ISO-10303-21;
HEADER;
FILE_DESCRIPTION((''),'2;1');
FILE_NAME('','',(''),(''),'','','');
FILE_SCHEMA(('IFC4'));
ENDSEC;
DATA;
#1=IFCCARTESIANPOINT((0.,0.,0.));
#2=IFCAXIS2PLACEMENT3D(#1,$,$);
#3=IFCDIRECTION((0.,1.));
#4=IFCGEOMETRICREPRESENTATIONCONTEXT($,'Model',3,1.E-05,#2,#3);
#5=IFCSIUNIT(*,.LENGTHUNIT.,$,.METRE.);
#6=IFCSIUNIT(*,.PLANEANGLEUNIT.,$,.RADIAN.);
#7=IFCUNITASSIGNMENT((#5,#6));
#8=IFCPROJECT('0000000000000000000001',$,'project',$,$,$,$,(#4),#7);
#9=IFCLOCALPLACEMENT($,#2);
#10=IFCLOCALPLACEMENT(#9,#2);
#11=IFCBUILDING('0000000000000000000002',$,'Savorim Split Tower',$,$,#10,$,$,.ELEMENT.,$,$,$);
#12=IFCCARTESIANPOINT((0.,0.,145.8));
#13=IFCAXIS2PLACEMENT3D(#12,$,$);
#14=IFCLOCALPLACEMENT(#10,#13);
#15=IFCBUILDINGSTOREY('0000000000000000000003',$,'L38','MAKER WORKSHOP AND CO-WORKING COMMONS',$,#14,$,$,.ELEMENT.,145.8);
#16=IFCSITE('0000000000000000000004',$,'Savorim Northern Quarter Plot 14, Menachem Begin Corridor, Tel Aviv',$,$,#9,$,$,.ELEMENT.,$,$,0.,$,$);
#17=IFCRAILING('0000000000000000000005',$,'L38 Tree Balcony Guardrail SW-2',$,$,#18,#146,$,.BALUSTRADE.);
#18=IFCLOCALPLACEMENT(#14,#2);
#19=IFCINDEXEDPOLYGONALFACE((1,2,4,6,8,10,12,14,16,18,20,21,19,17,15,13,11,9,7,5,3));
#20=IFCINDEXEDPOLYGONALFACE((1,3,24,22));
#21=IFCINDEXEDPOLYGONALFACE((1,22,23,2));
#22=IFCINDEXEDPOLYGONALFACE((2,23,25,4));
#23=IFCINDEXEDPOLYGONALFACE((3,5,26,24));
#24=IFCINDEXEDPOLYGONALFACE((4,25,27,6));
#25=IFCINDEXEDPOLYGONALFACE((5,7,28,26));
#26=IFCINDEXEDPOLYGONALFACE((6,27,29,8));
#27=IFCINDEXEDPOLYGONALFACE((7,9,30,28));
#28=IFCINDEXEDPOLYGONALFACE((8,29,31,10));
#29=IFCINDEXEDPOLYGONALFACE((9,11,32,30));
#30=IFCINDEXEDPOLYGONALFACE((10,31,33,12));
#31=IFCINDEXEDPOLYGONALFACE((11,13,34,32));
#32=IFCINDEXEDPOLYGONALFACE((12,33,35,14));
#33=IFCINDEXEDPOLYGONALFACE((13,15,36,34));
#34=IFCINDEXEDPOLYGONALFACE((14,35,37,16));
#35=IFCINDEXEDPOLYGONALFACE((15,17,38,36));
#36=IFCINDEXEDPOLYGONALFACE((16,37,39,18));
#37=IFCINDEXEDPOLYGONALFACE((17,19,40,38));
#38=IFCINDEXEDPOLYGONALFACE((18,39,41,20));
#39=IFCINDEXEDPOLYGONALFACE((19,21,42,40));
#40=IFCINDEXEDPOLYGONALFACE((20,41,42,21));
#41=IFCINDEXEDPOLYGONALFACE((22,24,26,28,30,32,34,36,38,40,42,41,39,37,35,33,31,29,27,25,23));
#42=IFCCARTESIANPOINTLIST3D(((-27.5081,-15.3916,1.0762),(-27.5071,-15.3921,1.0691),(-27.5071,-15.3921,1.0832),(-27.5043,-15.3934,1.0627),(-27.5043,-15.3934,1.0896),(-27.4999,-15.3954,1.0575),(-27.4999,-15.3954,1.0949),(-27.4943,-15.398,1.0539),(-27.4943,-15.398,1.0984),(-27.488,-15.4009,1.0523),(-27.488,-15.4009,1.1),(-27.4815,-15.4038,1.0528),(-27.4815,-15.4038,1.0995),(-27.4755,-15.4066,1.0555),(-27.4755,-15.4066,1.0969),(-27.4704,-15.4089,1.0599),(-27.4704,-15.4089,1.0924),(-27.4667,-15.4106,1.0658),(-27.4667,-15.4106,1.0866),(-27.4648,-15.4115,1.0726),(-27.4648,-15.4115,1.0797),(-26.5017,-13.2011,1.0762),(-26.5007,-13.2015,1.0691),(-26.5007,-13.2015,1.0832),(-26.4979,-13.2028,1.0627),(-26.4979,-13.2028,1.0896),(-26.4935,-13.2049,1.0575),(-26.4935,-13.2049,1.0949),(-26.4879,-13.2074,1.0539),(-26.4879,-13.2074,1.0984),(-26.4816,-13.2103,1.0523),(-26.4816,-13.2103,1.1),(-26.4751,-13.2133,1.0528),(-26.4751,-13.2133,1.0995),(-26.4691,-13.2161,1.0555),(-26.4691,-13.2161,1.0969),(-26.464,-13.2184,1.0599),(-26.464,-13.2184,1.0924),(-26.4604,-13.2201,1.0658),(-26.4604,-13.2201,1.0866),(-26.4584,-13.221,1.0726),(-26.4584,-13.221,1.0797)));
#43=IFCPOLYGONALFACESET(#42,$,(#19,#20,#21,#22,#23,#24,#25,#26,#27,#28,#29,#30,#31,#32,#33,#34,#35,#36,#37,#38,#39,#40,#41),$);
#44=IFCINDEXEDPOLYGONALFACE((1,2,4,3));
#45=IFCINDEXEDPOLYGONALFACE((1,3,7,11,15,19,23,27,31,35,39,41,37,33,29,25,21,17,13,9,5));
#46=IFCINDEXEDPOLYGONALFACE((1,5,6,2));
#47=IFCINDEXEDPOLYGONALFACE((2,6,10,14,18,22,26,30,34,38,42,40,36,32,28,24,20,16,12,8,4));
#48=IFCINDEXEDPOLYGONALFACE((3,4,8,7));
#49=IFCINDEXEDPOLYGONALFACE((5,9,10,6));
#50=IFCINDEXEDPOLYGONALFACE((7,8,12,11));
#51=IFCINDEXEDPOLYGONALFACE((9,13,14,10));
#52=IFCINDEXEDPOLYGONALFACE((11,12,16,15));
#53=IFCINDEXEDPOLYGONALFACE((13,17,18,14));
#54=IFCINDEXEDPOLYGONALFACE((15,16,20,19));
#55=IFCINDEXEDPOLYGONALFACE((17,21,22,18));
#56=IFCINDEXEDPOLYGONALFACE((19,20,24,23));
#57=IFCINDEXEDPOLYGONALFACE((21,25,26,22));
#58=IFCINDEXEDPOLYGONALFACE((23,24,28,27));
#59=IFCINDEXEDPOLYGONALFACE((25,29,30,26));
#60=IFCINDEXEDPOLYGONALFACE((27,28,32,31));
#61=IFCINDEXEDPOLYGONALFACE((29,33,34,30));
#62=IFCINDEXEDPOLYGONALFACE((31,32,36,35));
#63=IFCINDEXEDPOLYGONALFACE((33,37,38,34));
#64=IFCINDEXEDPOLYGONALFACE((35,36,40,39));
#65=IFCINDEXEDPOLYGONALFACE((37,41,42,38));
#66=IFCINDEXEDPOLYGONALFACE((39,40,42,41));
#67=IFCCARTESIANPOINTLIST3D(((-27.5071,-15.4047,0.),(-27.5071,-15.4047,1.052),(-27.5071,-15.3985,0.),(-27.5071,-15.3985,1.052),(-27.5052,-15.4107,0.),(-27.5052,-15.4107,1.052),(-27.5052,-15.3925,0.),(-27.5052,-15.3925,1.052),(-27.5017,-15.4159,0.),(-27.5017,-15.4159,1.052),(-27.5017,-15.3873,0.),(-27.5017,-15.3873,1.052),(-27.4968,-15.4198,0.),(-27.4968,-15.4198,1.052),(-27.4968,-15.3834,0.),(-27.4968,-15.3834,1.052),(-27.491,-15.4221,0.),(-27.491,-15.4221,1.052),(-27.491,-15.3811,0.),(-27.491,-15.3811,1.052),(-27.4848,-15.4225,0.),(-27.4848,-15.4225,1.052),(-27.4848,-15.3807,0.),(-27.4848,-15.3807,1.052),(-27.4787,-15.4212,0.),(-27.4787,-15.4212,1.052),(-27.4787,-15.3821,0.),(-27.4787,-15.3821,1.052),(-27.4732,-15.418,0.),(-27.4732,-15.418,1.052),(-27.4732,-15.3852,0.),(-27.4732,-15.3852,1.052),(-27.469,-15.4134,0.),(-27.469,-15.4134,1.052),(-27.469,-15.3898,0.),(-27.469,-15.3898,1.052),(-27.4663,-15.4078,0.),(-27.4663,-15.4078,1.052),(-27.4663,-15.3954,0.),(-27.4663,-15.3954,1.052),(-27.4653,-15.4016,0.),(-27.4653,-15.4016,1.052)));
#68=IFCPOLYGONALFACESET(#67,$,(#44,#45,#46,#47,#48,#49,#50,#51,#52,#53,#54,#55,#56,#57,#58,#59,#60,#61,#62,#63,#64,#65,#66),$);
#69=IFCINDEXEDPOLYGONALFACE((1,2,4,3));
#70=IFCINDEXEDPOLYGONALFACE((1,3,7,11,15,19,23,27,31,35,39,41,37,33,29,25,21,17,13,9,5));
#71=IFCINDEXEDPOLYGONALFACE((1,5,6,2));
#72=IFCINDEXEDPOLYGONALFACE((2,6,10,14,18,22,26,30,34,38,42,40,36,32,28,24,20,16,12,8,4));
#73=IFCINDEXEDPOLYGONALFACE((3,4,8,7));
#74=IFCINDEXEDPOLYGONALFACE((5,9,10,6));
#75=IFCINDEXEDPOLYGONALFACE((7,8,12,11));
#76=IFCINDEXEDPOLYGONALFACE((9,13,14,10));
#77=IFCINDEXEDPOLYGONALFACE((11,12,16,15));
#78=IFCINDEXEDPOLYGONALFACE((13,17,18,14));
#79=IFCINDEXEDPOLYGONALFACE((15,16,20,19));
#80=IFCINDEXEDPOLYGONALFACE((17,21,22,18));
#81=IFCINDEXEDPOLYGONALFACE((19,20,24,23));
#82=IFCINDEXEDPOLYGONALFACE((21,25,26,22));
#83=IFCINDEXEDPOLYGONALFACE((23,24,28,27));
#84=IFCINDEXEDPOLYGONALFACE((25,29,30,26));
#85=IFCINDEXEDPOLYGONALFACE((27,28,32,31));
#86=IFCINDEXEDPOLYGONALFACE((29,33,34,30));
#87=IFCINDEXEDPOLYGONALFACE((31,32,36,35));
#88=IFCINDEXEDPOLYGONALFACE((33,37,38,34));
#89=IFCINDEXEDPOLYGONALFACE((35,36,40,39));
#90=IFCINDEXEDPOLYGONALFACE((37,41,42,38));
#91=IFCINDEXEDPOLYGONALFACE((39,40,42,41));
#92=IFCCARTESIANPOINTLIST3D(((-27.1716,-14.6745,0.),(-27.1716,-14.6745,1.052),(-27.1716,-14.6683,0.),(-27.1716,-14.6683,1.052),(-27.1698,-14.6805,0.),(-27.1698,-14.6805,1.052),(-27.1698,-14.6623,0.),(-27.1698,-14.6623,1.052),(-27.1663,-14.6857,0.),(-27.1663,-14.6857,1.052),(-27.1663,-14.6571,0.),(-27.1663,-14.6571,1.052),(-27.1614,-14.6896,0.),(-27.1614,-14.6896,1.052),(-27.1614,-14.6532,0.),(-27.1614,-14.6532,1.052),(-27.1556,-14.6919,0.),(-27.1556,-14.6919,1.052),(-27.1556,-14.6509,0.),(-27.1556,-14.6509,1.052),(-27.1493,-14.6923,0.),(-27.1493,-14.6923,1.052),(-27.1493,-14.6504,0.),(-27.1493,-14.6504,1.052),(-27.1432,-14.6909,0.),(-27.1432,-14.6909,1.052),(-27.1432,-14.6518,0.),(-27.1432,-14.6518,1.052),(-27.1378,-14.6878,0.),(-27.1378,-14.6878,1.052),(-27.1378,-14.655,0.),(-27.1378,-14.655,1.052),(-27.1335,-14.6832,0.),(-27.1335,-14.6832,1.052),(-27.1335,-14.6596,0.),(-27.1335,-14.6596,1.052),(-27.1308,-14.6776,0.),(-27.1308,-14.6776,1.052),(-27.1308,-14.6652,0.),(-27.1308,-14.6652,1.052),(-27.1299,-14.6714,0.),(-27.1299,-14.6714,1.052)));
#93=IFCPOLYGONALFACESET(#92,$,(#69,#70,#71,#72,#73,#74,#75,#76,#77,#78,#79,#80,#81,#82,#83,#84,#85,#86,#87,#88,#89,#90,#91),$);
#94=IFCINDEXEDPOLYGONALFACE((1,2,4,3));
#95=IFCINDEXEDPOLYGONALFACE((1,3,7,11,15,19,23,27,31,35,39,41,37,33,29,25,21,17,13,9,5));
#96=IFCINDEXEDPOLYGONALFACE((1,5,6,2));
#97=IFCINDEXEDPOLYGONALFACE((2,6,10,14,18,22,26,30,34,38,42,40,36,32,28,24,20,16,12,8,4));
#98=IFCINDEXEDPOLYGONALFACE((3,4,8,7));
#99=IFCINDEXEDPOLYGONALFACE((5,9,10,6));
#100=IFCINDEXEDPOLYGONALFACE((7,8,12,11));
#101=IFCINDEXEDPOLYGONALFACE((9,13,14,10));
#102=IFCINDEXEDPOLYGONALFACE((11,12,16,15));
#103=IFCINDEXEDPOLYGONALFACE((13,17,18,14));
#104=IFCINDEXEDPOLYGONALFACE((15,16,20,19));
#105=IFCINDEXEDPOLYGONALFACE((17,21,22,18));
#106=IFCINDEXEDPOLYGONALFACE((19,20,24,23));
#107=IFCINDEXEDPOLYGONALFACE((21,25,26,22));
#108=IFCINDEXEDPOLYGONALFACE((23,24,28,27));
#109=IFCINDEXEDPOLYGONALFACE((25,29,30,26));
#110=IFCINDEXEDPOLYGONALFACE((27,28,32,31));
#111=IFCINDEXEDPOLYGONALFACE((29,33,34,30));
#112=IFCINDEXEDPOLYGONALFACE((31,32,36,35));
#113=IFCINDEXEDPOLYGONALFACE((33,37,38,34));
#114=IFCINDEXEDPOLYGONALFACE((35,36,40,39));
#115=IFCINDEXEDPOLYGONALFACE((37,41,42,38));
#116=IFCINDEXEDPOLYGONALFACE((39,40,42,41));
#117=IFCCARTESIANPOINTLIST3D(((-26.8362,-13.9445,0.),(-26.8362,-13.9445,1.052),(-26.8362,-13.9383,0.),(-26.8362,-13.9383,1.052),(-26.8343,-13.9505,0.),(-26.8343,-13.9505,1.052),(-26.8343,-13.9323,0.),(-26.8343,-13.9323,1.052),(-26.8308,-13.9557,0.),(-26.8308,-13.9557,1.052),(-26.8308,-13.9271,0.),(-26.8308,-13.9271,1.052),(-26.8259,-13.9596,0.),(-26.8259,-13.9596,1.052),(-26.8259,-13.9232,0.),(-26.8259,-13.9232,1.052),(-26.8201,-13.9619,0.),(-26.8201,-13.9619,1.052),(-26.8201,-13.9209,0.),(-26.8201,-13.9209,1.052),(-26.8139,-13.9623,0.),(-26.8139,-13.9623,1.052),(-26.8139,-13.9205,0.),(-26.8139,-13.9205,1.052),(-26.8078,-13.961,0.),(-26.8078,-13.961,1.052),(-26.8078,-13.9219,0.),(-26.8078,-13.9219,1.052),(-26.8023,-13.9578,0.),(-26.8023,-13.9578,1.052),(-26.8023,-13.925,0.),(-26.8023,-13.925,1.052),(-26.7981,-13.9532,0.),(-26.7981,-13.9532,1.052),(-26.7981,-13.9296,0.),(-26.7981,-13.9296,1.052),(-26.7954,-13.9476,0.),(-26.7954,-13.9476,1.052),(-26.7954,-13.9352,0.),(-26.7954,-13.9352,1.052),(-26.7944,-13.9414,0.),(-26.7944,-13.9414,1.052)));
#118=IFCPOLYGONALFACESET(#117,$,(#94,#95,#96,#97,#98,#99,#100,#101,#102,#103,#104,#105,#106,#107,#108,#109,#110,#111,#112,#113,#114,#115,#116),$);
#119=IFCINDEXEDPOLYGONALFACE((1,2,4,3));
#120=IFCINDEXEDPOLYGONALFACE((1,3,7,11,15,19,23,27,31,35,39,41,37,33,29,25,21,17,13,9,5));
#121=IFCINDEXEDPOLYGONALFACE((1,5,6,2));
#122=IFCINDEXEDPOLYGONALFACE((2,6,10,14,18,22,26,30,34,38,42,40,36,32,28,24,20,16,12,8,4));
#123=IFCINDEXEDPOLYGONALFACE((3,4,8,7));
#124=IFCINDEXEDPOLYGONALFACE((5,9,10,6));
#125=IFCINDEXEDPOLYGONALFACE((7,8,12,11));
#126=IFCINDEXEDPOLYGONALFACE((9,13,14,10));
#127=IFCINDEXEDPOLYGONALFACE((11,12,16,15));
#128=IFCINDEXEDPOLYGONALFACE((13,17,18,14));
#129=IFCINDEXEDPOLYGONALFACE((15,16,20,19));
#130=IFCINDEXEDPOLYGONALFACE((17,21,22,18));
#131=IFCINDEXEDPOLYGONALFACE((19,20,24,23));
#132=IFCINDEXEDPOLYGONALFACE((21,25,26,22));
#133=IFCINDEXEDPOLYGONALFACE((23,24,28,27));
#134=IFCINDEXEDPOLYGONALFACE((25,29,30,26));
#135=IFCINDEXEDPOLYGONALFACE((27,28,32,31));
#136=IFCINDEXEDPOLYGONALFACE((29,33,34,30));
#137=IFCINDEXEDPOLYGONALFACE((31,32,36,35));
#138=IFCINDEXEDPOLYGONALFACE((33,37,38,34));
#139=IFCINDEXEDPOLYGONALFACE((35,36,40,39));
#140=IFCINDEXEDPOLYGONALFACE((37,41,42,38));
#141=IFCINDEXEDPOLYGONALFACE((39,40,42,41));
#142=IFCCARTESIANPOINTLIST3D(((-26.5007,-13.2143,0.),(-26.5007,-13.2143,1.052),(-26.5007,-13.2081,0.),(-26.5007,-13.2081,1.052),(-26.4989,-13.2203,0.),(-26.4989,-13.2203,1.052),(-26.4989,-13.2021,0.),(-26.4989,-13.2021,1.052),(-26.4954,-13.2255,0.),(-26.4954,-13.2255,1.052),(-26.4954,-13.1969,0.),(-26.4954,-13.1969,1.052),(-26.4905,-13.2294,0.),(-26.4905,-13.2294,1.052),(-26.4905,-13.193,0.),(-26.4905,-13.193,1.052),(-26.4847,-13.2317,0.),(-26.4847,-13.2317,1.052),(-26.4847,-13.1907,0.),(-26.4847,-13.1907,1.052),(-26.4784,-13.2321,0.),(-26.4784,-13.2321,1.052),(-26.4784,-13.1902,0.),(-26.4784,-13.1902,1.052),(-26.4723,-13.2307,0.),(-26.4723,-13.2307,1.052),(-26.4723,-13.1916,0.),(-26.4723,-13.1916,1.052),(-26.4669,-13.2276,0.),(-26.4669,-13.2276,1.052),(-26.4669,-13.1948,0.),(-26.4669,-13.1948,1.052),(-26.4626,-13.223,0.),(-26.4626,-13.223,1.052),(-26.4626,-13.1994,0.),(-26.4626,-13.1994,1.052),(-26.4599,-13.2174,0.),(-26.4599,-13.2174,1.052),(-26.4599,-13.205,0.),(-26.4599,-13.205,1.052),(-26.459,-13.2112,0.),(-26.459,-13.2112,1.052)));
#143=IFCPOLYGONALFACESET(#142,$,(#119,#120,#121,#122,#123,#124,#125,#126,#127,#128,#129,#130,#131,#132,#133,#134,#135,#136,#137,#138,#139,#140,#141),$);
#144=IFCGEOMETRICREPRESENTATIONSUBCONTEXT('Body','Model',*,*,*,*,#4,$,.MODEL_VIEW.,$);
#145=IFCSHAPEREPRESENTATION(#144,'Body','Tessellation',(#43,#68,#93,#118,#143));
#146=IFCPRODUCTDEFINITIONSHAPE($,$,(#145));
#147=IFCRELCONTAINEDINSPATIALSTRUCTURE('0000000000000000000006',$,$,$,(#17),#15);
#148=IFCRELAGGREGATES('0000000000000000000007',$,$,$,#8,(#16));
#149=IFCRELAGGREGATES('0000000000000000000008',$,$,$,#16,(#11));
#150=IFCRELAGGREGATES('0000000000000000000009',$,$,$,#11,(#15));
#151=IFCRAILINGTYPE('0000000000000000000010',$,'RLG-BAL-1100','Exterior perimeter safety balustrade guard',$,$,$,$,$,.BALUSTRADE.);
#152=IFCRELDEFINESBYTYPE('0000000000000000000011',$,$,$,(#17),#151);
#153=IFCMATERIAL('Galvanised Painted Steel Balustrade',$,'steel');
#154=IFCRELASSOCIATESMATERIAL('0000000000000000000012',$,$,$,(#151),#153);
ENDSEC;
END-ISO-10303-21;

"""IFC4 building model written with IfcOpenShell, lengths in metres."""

from ifc_helpers import new_model, si_unit, direction, frame, origin, origin_2d, place, context, subcontext, project, spatial, circle, extrude, material, type_object, element, save


model = new_model("IFC4")

# Units and contexts
model_context = context("Model", 3, precision=1e-05, world=origin(), true_north=direction((0.0, 1.0)))
body_context = subcontext(model_context, "Body", "Model", "MODEL_VIEW")
ifc_project = project(units=[si_unit("LENGTHUNIT", "METRE"), si_unit("PLANEANGLEUNIT", "RADIAN")], contexts=[model_context])

# Site, building, storey
site_placement = place(None, origin())
site = spatial("IfcSite", under=ifc_project, at=site_placement, Name="Savorim Northern Quarter Plot 14, Menachem Begin Corridor, Tel Aviv", CompositionType="ELEMENT", RefElevation=0.0)
building_placement = place(site_placement, origin())
building = spatial("IfcBuilding", under=site, at=building_placement, Name="Savorim Split Tower", CompositionType="ELEMENT")
storey_placement = place(building_placement, frame((0.0, 0.0, 145.8)))
storey = spatial("IfcBuildingStorey", under=building, at=storey_placement, Name="L38", Description="MAKER WORKSHOP AND CO-WORKING COMMONS", CompositionType="ELEMENT", Elevation=145.8)

# Railing
ifc_material_1 = material(Name="Galvanised Painted Steel Balustrade", Category="steel")
railing_type = type_object("IfcRailingType", Name="RLG-BAL-1100", Description="Exterior perimeter safety balustrade guard", PredefinedType="BALUSTRADE", material=ifc_material_1)
railing_1_placement = place(storey_placement, frame((-27.4863, -15.4016, 0.0)))
element("IfcRailing", 1, at=railing_1_placement, inside=storey, type_object=railing_type, Name="L38 Tree Balcony Guardrail SW-2", PredefinedType="BALUSTRADE", context=body_context, shape_type="SweptSolid", body=[
    extrude(circle(Radius=0.0239, at=origin_2d()), frame((0.0, 0.0, 1.0762), z_axis=(0.417478, 0.908687, 0.0), x_axis=(-0.908687, 0.417478, 0.0)), (0.0, 0.0, 1.0), 2.4106),
    extrude(circle(Radius=0.021, at=origin_2d()), origin(), (0.0, 0.0, 1.0), 1.052),
    extrude(circle(Radius=0.021, at=origin_2d()), frame((0.3354, 0.7302, 0.0)), (0.0, 0.0, 1.0), 1.052),
    extrude(circle(Radius=0.021, at=origin_2d()), frame((0.6709, 1.4602, 0.0)), (0.0, 0.0, 1.0), 1.052),
    extrude(circle(Radius=0.021, at=origin_2d()), frame((1.0063, 2.1904, 0.0)), (0.0, 0.0, 1.0), 1.052),
])

save(model, "model.ifc")
